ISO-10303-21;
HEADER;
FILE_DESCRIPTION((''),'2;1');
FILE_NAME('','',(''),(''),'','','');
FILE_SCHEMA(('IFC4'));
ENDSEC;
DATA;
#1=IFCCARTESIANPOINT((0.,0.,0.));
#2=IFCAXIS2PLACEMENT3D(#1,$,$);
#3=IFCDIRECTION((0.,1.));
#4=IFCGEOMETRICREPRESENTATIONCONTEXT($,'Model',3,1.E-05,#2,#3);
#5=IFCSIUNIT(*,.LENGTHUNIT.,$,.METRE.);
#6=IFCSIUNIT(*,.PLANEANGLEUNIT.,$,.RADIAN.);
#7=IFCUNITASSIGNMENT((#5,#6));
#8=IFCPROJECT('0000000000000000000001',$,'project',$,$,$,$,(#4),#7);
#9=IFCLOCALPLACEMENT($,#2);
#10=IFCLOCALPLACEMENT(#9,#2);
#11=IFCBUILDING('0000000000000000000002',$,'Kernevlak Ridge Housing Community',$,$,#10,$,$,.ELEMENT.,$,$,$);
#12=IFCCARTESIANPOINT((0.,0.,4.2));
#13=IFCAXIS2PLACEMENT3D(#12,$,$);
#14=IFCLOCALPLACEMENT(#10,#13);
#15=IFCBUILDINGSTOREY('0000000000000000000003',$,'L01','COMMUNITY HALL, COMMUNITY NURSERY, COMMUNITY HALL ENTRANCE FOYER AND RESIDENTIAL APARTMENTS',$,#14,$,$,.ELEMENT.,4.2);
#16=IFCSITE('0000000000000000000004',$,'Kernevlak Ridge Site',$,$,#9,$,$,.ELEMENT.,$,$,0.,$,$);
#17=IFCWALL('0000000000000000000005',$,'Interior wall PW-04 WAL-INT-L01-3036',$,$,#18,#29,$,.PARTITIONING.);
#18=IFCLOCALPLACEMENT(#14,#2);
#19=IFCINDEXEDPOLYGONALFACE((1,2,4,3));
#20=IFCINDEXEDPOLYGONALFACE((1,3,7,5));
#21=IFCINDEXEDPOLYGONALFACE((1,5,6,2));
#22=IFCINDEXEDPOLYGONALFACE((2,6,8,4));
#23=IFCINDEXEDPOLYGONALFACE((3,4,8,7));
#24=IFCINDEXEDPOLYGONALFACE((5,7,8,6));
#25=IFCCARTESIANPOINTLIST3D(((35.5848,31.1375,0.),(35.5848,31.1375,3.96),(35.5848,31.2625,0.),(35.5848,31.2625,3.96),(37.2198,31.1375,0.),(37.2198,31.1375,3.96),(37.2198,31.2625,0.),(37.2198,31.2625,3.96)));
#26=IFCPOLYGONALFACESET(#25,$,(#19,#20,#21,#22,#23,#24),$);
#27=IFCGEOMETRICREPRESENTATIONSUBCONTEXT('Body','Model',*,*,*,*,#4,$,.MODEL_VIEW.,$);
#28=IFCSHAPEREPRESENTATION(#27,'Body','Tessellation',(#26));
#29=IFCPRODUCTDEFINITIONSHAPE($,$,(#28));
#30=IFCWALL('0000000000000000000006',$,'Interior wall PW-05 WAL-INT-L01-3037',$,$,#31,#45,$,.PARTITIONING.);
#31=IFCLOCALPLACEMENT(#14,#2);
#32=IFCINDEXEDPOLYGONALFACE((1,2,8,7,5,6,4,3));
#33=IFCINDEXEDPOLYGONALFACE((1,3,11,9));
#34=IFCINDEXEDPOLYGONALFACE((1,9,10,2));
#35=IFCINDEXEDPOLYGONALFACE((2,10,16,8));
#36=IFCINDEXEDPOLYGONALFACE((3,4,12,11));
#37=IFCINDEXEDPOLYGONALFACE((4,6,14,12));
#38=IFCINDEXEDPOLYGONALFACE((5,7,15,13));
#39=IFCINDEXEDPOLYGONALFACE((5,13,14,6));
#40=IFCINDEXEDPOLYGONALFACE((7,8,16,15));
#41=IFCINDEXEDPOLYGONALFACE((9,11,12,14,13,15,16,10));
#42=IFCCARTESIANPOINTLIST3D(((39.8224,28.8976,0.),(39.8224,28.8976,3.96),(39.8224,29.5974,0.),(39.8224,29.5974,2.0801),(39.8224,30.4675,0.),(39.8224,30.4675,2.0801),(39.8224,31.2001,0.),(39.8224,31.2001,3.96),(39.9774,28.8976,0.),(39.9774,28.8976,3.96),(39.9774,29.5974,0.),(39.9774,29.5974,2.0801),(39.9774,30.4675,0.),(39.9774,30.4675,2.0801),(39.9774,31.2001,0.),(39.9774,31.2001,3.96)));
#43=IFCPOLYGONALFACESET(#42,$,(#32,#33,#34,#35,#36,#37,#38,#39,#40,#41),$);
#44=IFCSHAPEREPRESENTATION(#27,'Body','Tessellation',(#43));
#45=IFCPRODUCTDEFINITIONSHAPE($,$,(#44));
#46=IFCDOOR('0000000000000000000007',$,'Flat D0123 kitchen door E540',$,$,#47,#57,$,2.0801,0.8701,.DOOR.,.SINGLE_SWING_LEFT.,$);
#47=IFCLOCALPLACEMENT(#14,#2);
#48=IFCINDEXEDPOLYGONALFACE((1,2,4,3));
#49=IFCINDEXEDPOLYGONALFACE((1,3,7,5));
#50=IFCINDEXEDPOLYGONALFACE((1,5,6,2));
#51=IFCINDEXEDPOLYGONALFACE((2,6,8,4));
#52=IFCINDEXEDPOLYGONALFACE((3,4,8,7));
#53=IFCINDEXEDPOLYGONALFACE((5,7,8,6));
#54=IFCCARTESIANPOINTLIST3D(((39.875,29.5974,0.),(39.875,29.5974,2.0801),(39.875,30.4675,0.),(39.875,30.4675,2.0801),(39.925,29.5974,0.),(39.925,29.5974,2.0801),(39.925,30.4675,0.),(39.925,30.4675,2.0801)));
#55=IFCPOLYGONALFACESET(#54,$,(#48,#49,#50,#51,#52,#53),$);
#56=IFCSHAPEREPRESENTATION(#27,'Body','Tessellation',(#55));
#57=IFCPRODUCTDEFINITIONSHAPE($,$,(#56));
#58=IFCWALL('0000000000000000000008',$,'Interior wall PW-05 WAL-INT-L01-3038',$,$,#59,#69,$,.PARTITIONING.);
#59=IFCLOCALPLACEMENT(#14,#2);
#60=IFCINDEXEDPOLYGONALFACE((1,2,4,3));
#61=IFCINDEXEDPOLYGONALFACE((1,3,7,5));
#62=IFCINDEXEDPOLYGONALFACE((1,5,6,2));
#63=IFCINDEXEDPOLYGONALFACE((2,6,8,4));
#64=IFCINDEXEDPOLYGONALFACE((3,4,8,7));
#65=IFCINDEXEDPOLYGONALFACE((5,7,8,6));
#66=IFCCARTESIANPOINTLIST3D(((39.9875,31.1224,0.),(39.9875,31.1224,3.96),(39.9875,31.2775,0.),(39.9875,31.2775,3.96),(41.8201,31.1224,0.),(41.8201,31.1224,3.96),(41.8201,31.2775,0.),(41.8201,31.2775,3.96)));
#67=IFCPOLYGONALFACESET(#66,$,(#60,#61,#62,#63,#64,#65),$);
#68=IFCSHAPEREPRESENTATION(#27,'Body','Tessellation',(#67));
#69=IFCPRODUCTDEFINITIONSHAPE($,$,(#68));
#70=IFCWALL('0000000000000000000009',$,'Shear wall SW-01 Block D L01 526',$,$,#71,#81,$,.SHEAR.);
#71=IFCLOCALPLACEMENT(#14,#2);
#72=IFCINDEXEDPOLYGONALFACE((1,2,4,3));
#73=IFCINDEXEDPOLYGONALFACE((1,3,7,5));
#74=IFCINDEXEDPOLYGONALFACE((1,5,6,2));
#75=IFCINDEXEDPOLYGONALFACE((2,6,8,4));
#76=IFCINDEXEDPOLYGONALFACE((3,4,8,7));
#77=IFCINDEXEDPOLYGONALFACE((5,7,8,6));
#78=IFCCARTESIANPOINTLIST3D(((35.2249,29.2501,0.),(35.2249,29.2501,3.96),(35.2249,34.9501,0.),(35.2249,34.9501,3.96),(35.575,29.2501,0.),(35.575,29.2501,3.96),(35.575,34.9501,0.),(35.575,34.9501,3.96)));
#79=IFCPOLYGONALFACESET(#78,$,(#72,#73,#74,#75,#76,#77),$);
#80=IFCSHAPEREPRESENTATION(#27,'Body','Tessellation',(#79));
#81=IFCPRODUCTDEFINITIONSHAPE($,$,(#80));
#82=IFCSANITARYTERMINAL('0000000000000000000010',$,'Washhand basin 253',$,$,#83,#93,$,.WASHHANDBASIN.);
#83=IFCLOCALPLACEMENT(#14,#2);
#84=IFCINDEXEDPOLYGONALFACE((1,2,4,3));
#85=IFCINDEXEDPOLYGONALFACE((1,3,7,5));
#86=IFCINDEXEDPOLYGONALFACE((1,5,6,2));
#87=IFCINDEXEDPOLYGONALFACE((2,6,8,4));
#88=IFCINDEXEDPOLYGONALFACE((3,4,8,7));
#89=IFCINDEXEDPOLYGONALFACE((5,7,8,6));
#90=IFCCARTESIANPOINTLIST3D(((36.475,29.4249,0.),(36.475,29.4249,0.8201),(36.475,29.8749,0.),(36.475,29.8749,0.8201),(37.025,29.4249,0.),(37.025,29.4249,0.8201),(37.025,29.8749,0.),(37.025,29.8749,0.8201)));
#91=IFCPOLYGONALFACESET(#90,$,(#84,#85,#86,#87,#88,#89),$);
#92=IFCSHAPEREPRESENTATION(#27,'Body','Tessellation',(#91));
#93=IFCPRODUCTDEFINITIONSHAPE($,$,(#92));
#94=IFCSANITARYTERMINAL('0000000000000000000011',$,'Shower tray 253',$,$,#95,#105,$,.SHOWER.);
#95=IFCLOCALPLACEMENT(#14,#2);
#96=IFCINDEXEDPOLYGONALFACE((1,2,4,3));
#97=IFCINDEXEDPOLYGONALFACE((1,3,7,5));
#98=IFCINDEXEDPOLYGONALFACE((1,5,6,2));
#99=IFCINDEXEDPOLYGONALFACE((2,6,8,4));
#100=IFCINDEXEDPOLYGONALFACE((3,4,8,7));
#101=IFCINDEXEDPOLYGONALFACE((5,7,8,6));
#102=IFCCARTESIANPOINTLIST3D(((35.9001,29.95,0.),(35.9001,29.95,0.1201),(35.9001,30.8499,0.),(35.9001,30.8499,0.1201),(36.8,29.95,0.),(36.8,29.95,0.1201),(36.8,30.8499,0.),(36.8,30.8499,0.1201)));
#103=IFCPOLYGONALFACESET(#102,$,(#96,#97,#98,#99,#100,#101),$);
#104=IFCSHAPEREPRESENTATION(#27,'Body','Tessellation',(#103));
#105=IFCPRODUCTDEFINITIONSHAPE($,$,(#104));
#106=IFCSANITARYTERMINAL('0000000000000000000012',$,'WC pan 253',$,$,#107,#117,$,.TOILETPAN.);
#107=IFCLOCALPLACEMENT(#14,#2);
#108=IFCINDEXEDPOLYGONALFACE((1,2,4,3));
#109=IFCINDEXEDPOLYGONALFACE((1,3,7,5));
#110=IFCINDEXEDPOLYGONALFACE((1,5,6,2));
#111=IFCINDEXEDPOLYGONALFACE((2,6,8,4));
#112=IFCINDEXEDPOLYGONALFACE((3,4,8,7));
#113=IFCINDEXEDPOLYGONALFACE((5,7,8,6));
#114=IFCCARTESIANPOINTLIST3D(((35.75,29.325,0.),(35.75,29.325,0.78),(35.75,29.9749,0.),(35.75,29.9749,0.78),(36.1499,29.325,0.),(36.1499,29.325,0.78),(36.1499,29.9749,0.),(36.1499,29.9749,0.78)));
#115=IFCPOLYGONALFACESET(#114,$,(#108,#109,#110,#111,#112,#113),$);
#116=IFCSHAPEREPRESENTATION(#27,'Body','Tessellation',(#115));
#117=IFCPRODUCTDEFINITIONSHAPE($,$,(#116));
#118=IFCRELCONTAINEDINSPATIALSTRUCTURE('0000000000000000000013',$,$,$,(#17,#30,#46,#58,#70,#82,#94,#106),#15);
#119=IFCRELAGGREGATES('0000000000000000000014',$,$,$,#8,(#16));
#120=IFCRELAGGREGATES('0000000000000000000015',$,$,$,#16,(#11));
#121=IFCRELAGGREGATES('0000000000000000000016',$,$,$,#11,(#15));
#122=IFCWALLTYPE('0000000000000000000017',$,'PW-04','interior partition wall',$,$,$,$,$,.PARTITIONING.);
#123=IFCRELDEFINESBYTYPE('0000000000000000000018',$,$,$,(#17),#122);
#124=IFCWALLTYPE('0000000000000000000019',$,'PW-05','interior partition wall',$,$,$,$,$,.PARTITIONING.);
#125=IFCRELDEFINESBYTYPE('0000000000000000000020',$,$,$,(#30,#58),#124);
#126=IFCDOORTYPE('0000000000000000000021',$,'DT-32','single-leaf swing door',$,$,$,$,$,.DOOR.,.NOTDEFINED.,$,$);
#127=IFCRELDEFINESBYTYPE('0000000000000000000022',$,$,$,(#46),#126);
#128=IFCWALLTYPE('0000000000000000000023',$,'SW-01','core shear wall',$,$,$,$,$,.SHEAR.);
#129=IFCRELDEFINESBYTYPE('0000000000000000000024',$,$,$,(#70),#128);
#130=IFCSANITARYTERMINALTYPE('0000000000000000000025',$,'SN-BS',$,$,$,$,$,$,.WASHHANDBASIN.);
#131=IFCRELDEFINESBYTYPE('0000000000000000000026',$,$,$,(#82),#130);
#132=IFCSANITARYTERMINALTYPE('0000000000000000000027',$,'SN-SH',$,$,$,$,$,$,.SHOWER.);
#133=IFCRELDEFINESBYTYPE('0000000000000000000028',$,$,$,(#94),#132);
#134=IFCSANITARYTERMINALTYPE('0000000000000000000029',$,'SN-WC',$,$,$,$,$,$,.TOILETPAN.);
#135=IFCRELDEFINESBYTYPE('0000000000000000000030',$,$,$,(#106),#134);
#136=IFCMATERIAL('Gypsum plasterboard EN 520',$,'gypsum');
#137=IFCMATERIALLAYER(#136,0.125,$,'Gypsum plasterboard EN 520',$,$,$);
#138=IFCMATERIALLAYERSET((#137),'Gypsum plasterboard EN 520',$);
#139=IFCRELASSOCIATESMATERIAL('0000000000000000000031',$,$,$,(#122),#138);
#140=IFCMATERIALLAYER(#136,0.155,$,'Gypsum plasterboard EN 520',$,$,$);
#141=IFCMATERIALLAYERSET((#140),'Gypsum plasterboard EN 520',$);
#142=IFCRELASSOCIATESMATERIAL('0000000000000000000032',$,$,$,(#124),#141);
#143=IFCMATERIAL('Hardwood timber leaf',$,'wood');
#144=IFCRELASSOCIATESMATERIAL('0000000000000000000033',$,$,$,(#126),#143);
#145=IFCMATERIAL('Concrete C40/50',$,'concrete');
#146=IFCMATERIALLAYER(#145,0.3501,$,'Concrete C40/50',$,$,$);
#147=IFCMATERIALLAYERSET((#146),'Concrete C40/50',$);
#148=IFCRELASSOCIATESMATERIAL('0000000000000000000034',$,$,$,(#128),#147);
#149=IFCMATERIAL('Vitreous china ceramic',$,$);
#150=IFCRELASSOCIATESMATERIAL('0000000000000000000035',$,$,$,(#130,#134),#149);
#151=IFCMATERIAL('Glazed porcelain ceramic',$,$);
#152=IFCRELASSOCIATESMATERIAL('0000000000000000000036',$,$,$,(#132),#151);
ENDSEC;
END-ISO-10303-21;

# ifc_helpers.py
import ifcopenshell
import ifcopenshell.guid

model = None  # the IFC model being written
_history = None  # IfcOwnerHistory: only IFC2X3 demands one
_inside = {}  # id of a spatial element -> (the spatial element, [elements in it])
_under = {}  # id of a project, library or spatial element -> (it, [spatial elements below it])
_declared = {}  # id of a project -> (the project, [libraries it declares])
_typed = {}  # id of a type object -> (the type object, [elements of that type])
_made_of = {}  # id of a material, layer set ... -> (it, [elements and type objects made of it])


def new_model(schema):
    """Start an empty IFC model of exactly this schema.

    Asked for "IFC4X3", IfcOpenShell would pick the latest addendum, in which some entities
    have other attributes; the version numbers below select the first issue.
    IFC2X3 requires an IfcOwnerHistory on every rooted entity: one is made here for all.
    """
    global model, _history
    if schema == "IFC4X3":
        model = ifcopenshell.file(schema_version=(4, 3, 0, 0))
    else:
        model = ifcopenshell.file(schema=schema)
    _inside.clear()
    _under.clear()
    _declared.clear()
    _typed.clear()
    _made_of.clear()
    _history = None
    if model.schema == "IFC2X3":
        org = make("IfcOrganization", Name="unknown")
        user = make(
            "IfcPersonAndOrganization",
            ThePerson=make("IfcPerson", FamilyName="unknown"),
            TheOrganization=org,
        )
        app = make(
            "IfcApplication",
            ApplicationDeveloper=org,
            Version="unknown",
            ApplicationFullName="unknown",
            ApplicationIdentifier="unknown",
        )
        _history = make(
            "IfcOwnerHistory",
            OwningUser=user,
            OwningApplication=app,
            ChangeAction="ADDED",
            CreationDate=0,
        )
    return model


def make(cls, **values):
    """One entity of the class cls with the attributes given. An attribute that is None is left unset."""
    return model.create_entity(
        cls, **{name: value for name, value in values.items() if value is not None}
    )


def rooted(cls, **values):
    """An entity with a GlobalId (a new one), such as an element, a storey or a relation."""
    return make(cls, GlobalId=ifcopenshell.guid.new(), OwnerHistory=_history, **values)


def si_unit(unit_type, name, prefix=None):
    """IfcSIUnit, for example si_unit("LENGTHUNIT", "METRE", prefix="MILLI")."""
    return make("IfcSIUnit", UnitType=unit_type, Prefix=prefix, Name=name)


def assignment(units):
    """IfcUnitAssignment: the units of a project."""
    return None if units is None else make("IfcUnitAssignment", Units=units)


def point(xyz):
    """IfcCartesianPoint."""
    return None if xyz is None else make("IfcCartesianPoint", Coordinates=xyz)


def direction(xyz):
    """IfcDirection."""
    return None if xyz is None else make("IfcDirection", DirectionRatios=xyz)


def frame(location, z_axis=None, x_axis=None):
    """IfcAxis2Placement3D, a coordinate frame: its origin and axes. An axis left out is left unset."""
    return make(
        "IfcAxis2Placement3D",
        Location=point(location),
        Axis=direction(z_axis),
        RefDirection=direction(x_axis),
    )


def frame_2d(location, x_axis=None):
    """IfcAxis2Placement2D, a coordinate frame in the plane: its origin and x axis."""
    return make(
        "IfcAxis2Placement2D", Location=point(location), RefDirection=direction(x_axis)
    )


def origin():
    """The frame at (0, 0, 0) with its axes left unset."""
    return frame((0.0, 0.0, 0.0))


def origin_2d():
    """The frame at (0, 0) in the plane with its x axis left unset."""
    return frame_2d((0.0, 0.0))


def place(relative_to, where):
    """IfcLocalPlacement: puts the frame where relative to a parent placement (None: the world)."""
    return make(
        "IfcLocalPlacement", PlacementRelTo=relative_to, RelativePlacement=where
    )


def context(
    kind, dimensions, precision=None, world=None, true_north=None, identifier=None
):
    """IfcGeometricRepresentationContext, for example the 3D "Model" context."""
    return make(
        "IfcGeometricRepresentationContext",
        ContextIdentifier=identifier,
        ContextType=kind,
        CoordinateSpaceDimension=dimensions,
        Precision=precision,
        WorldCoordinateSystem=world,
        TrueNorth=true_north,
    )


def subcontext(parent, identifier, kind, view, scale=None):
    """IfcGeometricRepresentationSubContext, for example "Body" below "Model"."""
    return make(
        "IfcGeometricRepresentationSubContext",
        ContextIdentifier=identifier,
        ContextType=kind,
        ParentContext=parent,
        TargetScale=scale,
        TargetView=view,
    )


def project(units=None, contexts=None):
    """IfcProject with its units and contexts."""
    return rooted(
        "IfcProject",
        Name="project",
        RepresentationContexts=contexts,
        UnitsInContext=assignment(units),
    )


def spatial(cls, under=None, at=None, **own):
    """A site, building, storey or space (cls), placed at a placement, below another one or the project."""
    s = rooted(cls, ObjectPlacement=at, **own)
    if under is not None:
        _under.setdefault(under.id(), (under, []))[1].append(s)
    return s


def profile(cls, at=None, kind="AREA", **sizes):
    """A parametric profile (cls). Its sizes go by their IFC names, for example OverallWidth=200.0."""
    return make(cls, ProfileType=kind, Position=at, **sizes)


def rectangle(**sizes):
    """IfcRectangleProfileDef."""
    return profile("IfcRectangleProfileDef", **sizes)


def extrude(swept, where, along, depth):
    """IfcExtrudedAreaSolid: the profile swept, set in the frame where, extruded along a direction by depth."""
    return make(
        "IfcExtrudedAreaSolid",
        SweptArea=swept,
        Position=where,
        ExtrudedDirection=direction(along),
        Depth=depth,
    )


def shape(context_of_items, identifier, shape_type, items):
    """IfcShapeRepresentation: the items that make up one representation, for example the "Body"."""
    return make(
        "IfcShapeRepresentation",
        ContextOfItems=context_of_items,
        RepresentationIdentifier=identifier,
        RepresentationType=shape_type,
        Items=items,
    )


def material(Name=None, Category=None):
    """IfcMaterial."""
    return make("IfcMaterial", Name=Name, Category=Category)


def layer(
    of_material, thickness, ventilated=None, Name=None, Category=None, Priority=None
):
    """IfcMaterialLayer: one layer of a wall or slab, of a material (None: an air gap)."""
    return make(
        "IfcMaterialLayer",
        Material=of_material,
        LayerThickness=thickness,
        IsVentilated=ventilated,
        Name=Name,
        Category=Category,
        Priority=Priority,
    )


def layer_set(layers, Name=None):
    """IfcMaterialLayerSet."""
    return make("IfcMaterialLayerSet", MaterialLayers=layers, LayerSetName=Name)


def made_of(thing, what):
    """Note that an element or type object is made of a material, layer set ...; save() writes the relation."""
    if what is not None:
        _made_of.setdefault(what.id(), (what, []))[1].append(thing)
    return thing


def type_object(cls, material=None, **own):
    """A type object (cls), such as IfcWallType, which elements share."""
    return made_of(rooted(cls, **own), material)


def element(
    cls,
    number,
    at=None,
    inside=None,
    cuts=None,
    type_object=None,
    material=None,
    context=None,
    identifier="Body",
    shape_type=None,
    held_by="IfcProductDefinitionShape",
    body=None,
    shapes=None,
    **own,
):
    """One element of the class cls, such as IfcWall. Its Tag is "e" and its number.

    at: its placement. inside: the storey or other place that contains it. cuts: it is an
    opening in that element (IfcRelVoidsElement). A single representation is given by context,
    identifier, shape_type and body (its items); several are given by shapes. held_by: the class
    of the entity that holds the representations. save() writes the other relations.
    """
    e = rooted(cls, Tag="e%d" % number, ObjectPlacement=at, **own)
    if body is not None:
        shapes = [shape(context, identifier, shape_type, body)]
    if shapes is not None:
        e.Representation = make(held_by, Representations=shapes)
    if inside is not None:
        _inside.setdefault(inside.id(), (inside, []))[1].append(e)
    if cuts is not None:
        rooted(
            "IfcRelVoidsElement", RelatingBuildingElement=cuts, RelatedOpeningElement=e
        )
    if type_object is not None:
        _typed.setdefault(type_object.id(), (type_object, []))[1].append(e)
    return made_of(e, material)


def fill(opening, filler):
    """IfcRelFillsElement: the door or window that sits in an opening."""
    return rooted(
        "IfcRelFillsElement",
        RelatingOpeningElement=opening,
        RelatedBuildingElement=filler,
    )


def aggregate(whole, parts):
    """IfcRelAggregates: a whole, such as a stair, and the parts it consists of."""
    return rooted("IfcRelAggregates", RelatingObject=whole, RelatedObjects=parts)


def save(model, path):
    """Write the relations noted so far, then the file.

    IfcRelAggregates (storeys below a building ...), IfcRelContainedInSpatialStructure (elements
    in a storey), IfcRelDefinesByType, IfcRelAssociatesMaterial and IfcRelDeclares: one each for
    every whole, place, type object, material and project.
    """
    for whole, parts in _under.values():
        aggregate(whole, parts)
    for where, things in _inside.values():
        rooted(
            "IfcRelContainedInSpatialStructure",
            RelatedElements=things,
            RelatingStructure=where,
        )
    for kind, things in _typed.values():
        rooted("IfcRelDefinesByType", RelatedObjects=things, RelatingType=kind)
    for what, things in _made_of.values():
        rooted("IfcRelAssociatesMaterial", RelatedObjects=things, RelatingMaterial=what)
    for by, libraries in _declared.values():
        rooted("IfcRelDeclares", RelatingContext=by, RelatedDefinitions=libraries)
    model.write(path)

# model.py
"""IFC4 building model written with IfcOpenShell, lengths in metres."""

from ifc_helpers import new_model, si_unit, direction, frame, frame_2d, origin, origin_2d, place, context, subcontext, project, spatial, rectangle, extrude, material, layer, layer_set, type_object, element, fill, save


model = new_model("IFC4")

# Units and contexts
model_context = context("Model", 3, precision=1e-05, world=origin(), true_north=direction((0.0, 1.0)))
body_context = subcontext(model_context, "Body", "Model", "MODEL_VIEW")
ifc_project = project(units=[si_unit("LENGTHUNIT", "METRE"), si_unit("PLANEANGLEUNIT", "RADIAN")], contexts=[model_context])

# Site, building, storey
site_placement = place(None, origin())
site = spatial("IfcSite", under=ifc_project, at=site_placement, Name="Kernevlak Ridge Site", CompositionType="ELEMENT", RefElevation=0.0)
building_placement = place(site_placement, origin())
building = spatial("IfcBuilding", under=site, at=building_placement, Name="Kernevlak Ridge Housing Community", CompositionType="ELEMENT")
storey_placement = place(building_placement, frame((0.0, 0.0, 4.2)))
storey = spatial("IfcBuildingStorey", under=building, at=storey_placement, Name="L01", Description="COMMUNITY HALL, COMMUNITY NURSERY, COMMUNITY HALL ENTRANCE FOYER AND RESIDENTIAL APARTMENTS", CompositionType="ELEMENT", Elevation=4.2)

# Shared definitions
ifc_material_1 = material(Name="Hardwood timber leaf", Category="wood")

# Shared definitions
ifc_material_2 = material(Name="Gypsum plasterboard EN 520", Category="gypsum")
ifc_layer_1 = layer(ifc_material_2, 0.125, Name="Gypsum plasterboard EN 520")
ifc_layer_set_1 = layer_set([ifc_layer_1], Name="Gypsum plasterboard EN 520")
wall_type_1 = type_object("IfcWallType", Name="PW-04", Description="interior partition wall", PredefinedType="PARTITIONING", material=ifc_layer_set_1)

# Wall
wall_1_placement = place(storey_placement, frame((35.585, 31.2, 0.0), z_axis=(0.0, 0.0, 1.0), x_axis=(1.0, 0.0, 0.0)))
element("IfcWall", 1, at=wall_1_placement, inside=storey, type_object=wall_type_1, Name="Interior wall PW-04 WAL-INT-L01-3036", PredefinedType="PARTITIONING", context=body_context, shape_type="SweptSolid", body=[
    extrude(rectangle(XDim=1.635, YDim=0.125, at=frame_2d((0.8174, 0.0))), origin(), (0.0, 0.0, 1.0), 3.96),
])

# Wall, opening, door
ifc_layer_2 = layer(ifc_material_2, 0.155, Name="Gypsum plasterboard EN 520")
ifc_layer_set_2 = layer_set([ifc_layer_2], Name="Gypsum plasterboard EN 520")
wall_type_2 = type_object("IfcWallType", Name="PW-05", Description="interior partition wall", PredefinedType="PARTITIONING", material=ifc_layer_set_2)
wall_2_placement = place(storey_placement, frame((39.8999, 28.8975, 0.0), z_axis=(0.0, 0.0, 1.0), x_axis=(0.0, 1.0, 0.0)))
wall_2 = element("IfcWall", 2, at=wall_2_placement, inside=storey, type_object=wall_type_2, Name="Interior wall PW-05 WAL-INT-L01-3037", PredefinedType="PARTITIONING", context=body_context, shape_type="SweptSolid", body=[
    extrude(rectangle(XDim=2.3025, YDim=0.155, at=frame_2d((1.1514, 0.0))), origin(), (0.0, 0.0, 1.0), 3.96),
])
opening_1_placement = place(wall_2_placement, frame((0.7, 0.0, 0.0)))
opening_1 = element("IfcOpeningElement", 3, at=opening_1_placement, cuts=wall_2, PredefinedType="OPENING", context=body_context, shape_type="SweptSolid", body=[
    extrude(rectangle(XDim=0.8701, YDim=2.0801, at=frame_2d((0.4351, 1.04))), frame((0.0, 0.0874, 0.0), z_axis=(0.0, -1.0, 0.0), x_axis=(1.0, 0.0, 0.0)), (0.0, 0.0, 1.0), 0.175),
])
door_type_1 = type_object("IfcDoorType", Name="DT-32", Description="single-leaf swing door", OperationType="NOTDEFINED", PredefinedType="DOOR", material=ifc_material_1)
door_1_placement = place(opening_1_placement, origin())
door_1 = element("IfcDoor", 4, at=door_1_placement, inside=storey, type_object=door_type_1, Name="Flat D0123 kitchen door E540", OperationType="SINGLE_SWING_LEFT", OverallHeight=2.0801, OverallWidth=0.8701, PredefinedType="DOOR", context=body_context, shape_type="SweptSolid", body=[
    extrude(rectangle(XDim=0.8701, YDim=2.0801, at=frame_2d((0.4351, 1.04))), frame((0.0, 0.0249, 0.0), z_axis=(0.0, -1.0, 0.0), x_axis=(1.0, 0.0, 0.0)), (0.0, 0.0, 1.0), 0.05),
])
fill(opening_1, door_1)

# Walls
wall_3_placement = place(storey_placement, frame((39.9875, 31.2, 0.0), z_axis=(0.0, 0.0, 1.0), x_axis=(1.0, 0.0, 0.0)))
element("IfcWall", 5, at=wall_3_placement, inside=storey, type_object=wall_type_2, Name="Interior wall PW-05 WAL-INT-L01-3038", PredefinedType="PARTITIONING", context=body_context, shape_type="SweptSolid", body=[
    extrude(rectangle(XDim=1.8325, YDim=0.155, at=frame_2d((0.9163, 0.0))), origin(), (0.0, 0.0, 1.0), 3.96),
])
ifc_material_3 = material(Name="Concrete C40/50", Category="concrete")
ifc_layer_3 = layer(ifc_material_3, 0.3501, Name="Concrete C40/50")
ifc_layer_set_3 = layer_set([ifc_layer_3], Name="Concrete C40/50")
wall_type_3 = type_object("IfcWallType", Name="SW-01", Description="core shear wall", PredefinedType="SHEAR", material=ifc_layer_set_3)
wall_4_placement = place(storey_placement, frame((35.3999, 29.25, 0.0), z_axis=(0.0, 0.0, 1.0), x_axis=(0.0, 1.0, 0.0)))
element("IfcWall", 6, at=wall_4_placement, inside=storey, type_object=wall_type_3, Name="Shear wall SW-01 Block D L01 526", PredefinedType="SHEAR", context=body_context, shape_type="SweptSolid", body=[
    extrude(rectangle(XDim=5.7, YDim=0.3501, at=frame_2d((2.8501, 0.0))), origin(), (0.0, 0.0, 1.0), 3.96),
])

# Sanitary terminals
ifc_material_4 = material(Name="Vitreous china ceramic")
sanitary_terminal_type_1 = type_object("IfcSanitaryTerminalType", Name="SN-BS", PredefinedType="WASHHANDBASIN", material=ifc_material_4)
sanitary_terminal_1_placement = place(storey_placement, frame((36.75, 29.6499, 0.0), z_axis=(0.0, 0.0, 1.0), x_axis=(1.0, 0.0, 0.0)))
element("IfcSanitaryTerminal", 7, at=sanitary_terminal_1_placement, inside=storey, type_object=sanitary_terminal_type_1, Name="Washhand basin 253", PredefinedType="WASHHANDBASIN", context=body_context, shape_type="SweptSolid", body=[
    extrude(rectangle(XDim=0.55, YDim=0.45, at=origin_2d()), origin(), (0.0, 0.0, 1.0), 0.8201),
])
ifc_material_5 = material(Name="Glazed porcelain ceramic")
sanitary_terminal_type_2 = type_object("IfcSanitaryTerminalType", Name="SN-SH", PredefinedType="SHOWER", material=ifc_material_5)
sanitary_terminal_2_placement = place(storey_placement, frame((36.3501, 30.3999, 0.0), z_axis=(0.0, 0.0, 1.0), x_axis=(1.0, 0.0, 0.0)))
element("IfcSanitaryTerminal", 8, at=sanitary_terminal_2_placement, inside=storey, type_object=sanitary_terminal_type_2, Name="Shower tray 253", PredefinedType="SHOWER", context=body_context, shape_type="SweptSolid", body=[
    extrude(rectangle(XDim=0.8999, YDim=0.8999, at=origin_2d()), origin(), (0.0, 0.0, 1.0), 0.1201),
])
sanitary_terminal_type_3 = type_object("IfcSanitaryTerminalType", Name="SN-WC", PredefinedType="TOILETPAN", material=ifc_material_4)
sanitary_terminal_3_placement = place(storey_placement, frame((35.95, 29.6499, 0.0), z_axis=(0.0, 0.0, 1.0), x_axis=(1.0, 0.0, 0.0)))
element("IfcSanitaryTerminal", 9, at=sanitary_terminal_3_placement, inside=storey, type_object=sanitary_terminal_type_3, Name="WC pan 253", PredefinedType="TOILETPAN", context=body_context, shape_type="SweptSolid", body=[
    extrude(rectangle(XDim=0.3999, YDim=0.6499, at=origin_2d()), origin(), (0.0, 0.0, 1.0), 0.78),
])

save(model, "model.ifc")
